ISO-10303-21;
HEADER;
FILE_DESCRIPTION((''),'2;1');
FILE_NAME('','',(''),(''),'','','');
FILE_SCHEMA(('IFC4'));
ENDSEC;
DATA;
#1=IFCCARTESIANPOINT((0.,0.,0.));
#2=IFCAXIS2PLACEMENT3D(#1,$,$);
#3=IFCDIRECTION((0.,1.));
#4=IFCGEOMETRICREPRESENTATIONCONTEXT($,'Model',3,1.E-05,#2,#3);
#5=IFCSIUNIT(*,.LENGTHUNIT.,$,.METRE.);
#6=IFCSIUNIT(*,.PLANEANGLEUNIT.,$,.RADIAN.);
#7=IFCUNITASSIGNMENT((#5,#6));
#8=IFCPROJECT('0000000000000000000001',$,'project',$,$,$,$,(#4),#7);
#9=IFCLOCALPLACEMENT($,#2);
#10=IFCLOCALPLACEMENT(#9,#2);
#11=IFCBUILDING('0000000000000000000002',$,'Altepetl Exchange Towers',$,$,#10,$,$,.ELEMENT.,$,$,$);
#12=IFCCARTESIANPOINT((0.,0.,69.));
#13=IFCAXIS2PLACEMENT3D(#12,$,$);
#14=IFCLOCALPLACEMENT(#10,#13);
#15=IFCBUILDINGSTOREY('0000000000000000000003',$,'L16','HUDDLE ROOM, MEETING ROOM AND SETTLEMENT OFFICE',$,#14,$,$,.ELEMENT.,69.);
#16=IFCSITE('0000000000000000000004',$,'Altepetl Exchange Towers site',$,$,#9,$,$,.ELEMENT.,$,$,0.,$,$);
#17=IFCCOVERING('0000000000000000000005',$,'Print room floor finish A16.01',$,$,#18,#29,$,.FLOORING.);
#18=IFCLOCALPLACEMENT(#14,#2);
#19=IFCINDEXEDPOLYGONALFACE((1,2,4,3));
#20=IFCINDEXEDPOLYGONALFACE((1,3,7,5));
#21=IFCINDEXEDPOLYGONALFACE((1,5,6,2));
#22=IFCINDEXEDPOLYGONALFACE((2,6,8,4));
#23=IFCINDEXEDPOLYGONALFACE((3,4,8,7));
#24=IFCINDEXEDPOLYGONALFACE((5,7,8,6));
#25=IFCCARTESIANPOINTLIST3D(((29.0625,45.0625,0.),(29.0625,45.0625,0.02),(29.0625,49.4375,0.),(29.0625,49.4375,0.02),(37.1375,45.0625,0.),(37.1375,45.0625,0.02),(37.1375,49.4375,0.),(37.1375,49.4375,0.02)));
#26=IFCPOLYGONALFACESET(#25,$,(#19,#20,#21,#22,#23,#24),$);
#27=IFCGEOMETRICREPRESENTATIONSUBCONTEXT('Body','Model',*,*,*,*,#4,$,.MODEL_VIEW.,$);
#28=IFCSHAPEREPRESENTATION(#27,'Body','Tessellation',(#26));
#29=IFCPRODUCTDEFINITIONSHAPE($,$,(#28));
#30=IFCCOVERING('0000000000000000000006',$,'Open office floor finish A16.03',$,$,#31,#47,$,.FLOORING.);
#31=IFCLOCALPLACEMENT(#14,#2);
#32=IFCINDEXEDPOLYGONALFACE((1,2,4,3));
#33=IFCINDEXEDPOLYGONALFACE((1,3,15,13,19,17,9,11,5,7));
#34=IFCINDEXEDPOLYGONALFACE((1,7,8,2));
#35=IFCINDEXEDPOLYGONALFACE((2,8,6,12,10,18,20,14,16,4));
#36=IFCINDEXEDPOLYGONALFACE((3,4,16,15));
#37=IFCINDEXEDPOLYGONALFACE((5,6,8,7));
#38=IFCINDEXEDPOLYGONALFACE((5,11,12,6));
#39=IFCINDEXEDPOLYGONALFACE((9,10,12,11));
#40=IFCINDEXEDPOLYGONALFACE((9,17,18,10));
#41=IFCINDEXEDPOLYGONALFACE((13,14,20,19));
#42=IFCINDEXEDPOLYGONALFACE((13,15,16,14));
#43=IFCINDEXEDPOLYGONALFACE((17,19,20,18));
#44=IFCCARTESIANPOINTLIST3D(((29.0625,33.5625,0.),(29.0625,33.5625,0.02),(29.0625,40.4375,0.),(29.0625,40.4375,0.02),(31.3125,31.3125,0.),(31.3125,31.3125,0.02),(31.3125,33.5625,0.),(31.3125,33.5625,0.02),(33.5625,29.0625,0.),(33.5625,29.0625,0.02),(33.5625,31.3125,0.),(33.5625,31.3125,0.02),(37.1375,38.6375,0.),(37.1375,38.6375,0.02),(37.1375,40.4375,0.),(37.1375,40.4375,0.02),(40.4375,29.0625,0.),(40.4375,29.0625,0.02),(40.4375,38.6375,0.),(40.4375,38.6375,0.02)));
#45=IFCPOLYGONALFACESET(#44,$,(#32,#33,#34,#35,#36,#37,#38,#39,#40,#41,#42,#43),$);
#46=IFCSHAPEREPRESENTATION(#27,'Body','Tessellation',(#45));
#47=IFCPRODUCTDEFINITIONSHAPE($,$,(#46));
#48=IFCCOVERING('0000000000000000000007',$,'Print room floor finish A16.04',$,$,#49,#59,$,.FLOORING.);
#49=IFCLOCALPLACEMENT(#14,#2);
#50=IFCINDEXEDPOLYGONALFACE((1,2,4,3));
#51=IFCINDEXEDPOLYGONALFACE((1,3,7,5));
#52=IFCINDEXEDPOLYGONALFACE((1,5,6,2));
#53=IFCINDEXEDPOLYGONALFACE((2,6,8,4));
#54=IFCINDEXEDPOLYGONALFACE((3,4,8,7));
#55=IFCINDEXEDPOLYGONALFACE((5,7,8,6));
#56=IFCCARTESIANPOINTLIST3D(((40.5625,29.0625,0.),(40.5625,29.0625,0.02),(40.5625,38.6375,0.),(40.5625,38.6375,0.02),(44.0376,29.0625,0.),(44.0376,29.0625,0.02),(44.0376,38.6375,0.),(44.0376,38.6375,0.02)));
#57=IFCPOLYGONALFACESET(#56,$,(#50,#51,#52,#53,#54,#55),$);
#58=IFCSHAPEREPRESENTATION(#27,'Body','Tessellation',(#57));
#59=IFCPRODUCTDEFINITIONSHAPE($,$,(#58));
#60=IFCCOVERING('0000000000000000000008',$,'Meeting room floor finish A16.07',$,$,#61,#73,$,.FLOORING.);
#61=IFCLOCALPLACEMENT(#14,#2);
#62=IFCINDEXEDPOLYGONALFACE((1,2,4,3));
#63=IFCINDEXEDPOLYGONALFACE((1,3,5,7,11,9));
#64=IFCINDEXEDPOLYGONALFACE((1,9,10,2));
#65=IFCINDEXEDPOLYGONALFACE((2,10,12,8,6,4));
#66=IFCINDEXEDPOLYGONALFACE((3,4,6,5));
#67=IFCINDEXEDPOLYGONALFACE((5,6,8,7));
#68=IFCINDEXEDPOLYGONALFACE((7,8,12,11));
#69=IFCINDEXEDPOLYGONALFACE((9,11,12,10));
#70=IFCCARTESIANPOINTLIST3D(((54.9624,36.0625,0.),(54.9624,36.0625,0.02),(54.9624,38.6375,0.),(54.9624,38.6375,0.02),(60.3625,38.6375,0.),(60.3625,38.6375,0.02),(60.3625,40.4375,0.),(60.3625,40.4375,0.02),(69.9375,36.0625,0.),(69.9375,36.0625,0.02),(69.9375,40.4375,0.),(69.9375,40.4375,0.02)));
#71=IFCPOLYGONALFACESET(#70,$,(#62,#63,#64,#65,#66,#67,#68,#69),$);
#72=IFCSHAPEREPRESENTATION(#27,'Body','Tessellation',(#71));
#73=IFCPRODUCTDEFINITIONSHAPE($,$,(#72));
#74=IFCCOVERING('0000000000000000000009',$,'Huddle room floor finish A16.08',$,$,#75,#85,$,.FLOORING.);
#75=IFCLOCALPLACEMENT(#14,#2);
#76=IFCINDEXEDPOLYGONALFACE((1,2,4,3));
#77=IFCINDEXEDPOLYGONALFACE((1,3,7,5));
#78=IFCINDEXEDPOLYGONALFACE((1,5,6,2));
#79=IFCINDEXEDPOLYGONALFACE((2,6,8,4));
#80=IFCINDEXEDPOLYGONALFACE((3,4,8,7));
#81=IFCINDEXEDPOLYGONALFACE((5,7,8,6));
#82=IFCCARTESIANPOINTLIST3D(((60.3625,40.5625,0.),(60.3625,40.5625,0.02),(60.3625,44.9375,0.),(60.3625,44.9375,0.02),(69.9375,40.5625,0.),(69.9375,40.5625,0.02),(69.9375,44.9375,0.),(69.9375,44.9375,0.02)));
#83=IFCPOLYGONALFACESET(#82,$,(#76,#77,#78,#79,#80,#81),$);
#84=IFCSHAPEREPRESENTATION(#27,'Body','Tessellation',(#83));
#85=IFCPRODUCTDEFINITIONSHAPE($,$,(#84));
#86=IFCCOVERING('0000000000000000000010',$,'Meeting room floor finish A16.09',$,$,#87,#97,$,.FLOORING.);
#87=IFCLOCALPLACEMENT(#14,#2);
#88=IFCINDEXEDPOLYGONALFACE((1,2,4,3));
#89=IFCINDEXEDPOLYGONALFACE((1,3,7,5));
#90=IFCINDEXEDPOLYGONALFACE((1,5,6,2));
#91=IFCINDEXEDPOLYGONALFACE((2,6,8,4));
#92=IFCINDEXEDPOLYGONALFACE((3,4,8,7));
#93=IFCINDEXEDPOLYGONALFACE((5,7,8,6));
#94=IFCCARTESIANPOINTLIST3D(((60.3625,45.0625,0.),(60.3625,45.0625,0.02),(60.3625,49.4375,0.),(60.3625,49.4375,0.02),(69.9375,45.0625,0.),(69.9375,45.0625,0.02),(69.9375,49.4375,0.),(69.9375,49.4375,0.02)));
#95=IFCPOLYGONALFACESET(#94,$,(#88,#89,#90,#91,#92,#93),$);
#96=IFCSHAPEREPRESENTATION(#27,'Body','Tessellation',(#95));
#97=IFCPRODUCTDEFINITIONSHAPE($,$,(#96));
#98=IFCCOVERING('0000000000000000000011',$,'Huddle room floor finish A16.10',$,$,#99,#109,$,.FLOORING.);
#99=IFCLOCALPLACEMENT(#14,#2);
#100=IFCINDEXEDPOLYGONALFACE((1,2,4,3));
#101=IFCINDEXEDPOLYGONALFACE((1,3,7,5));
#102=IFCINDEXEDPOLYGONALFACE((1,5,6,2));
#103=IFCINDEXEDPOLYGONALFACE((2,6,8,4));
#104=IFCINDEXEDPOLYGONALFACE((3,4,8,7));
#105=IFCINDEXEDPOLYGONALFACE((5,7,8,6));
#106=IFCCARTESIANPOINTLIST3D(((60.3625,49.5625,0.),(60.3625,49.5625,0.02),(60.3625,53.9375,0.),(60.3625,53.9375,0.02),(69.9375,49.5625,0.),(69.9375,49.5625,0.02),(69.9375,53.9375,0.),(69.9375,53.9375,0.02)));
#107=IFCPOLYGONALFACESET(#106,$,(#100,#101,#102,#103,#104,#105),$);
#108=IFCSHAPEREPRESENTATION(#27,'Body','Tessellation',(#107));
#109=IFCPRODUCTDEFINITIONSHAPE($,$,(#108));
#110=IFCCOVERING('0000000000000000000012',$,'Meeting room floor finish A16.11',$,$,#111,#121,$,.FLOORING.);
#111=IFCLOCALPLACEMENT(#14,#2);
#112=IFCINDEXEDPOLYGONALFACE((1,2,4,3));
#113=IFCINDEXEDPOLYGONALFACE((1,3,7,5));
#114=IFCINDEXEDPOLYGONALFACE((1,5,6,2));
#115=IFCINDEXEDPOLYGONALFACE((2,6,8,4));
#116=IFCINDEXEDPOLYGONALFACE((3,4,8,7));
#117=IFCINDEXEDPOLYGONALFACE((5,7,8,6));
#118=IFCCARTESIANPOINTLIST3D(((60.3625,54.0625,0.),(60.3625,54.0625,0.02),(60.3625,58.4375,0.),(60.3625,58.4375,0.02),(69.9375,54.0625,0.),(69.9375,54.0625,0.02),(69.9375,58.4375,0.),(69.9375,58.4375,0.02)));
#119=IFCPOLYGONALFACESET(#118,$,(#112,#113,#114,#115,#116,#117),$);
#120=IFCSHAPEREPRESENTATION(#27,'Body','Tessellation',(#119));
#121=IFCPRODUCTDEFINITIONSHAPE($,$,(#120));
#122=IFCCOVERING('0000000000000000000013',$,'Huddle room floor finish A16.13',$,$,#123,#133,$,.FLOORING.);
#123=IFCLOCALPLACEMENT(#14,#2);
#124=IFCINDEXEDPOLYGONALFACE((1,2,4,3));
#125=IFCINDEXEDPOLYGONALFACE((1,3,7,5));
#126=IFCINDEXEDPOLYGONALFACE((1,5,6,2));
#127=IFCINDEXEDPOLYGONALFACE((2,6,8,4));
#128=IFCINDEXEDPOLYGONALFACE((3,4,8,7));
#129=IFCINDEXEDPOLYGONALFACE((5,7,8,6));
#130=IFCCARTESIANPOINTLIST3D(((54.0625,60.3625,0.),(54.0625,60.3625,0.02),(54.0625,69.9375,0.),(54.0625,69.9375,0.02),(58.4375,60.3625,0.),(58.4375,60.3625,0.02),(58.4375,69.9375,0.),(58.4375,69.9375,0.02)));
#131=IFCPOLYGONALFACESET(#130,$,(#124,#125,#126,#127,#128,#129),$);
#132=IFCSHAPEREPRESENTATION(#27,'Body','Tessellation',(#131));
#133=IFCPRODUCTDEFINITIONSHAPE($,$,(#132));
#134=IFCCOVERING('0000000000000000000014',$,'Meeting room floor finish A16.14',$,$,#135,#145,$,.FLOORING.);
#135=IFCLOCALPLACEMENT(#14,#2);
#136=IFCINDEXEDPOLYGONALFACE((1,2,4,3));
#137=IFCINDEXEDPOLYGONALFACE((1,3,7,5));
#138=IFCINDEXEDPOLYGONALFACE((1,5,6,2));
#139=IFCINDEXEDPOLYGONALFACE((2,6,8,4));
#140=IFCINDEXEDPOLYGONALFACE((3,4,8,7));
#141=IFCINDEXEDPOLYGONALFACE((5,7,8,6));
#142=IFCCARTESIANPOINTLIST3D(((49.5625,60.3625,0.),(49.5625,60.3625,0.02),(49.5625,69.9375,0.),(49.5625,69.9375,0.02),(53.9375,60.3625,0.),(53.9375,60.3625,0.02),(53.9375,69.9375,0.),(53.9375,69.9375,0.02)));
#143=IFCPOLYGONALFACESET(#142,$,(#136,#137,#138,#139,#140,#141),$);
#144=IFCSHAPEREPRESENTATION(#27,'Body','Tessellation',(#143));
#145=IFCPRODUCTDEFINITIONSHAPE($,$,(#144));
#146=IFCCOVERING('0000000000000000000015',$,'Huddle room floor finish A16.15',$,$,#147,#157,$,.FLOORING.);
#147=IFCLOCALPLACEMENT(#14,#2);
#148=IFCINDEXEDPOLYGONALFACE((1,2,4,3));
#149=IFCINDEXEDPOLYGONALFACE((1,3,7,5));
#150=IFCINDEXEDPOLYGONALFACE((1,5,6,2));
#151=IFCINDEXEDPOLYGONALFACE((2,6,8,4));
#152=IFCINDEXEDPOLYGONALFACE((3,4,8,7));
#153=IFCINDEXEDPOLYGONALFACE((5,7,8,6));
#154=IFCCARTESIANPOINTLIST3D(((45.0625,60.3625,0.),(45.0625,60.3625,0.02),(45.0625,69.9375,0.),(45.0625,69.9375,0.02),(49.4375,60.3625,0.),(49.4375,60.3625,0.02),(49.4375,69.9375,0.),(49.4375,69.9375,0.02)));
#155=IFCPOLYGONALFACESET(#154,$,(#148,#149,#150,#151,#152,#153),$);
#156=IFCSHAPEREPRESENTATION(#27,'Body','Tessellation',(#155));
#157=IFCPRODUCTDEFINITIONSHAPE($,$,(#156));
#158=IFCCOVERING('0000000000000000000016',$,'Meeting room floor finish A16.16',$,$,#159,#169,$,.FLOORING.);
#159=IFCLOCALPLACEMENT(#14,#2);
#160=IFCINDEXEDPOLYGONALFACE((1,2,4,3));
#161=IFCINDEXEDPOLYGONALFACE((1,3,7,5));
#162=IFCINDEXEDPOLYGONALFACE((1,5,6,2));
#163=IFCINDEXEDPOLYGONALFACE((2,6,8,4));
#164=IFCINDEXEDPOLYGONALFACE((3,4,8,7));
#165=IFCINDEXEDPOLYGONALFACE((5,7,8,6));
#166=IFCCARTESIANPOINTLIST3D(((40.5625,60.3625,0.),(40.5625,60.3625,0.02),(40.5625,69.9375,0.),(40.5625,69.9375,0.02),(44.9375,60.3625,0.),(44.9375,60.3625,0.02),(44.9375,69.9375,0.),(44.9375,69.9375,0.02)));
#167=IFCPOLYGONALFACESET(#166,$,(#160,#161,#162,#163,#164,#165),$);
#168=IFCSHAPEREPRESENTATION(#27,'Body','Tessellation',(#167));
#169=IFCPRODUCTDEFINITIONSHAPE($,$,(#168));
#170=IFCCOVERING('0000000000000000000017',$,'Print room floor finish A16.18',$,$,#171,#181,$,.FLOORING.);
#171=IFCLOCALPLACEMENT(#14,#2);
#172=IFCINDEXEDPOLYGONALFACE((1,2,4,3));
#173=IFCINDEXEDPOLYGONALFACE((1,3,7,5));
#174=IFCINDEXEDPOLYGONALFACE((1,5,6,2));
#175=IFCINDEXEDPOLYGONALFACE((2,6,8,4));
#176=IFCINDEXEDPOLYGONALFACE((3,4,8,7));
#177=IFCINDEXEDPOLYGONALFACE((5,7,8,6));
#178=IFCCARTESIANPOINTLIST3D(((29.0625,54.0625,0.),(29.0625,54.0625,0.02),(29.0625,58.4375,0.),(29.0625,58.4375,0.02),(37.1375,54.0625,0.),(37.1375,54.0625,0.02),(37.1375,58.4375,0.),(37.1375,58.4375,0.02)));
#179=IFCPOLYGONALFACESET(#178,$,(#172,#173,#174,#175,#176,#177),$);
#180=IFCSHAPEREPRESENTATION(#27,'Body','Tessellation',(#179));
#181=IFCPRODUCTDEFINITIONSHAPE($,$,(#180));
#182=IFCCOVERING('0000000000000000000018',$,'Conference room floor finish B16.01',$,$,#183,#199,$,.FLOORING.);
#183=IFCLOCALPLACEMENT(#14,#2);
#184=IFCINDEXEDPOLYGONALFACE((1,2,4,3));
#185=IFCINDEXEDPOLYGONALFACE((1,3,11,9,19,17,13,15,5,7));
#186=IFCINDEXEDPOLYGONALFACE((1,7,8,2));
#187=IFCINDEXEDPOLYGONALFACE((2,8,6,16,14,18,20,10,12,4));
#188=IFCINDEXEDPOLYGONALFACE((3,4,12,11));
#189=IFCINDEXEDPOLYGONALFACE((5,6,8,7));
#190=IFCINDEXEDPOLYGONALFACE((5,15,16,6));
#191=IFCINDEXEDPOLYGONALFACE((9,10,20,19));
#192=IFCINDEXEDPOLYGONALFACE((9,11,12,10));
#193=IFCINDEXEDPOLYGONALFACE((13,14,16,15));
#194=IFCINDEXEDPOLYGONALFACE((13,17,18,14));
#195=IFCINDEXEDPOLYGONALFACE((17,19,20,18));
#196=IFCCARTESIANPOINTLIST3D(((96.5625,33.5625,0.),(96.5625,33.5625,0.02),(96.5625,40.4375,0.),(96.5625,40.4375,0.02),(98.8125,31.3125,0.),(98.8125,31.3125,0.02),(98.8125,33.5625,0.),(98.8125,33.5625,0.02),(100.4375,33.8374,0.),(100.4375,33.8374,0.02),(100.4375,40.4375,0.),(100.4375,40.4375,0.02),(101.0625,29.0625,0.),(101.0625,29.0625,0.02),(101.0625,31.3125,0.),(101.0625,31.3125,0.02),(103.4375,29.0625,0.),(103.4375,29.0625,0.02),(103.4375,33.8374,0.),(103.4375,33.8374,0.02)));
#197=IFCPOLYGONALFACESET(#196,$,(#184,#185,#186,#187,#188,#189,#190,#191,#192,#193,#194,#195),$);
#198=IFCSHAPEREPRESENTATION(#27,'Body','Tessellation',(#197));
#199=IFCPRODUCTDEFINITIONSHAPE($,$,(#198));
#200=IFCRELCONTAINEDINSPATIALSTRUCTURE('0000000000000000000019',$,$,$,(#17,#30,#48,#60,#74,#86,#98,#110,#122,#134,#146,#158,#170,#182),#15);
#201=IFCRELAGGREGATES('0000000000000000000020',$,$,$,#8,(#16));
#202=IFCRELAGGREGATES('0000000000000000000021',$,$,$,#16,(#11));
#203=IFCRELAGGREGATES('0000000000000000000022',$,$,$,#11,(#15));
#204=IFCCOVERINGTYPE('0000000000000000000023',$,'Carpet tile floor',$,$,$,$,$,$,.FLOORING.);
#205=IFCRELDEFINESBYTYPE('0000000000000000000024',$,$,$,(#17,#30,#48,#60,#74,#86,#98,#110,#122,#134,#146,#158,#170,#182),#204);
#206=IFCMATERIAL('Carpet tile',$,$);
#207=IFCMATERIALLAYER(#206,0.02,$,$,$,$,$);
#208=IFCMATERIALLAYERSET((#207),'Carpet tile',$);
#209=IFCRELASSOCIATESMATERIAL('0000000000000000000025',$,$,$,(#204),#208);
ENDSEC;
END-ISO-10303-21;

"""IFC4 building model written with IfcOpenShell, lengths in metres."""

from ifc_helpers import new_model, si_unit, direction, frame, origin, place, context, subcontext, project, spatial, polyline, outline, extrude, material, layer, layer_set, type_object, element, save


model = new_model("IFC4")

# Units and contexts
model_context = context("Model", 3, precision=1e-05, world=origin(), true_north=direction((0.0, 1.0)))
body_context = subcontext(model_context, "Body", "Model", "MODEL_VIEW")
ifc_project = project(units=[si_unit("LENGTHUNIT", "METRE"), si_unit("PLANEANGLEUNIT", "RADIAN")], contexts=[model_context])

# Site, building, storey
site_placement = place(None, origin())
site = spatial("IfcSite", under=ifc_project, at=site_placement, Name="Altepetl Exchange Towers site", CompositionType="ELEMENT", RefElevation=0.0)
building_placement = place(site_placement, origin())
building = spatial("IfcBuilding", under=site, at=building_placement, Name="Altepetl Exchange Towers", CompositionType="ELEMENT")
storey_placement = place(building_placement, frame((0.0, 0.0, 69.0)))
storey = spatial("IfcBuildingStorey", under=building, at=storey_placement, Name="L16", Description="HUDDLE ROOM, MEETING ROOM AND SETTLEMENT OFFICE", CompositionType="ELEMENT", Elevation=69.0)

# Coverings
ifc_material_1 = material(Name="Carpet tile")
ifc_layer_1 = layer(ifc_material_1, 0.02)
ifc_layer_set_1 = layer_set([ifc_layer_1], Name="Carpet tile")
covering_type_1 = type_object("IfcCoveringType", Name="Carpet tile floor", PredefinedType="FLOORING", material=ifc_layer_set_1)
covering_1_placement = place(storey_placement, origin())
element("IfcCovering", 1, at=covering_1_placement, inside=storey, type_object=covering_type_1, Name="Print room floor finish A16.01", PredefinedType="FLOORING", context=body_context, shape_type="SweptSolid", body=[
    extrude(outline(polyline([(37.1375, 49.4375), (29.0625, 49.4375), (29.0625, 45.0625), (37.1375, 45.0625), (37.1375, 49.4375)])), origin(), (0.0, 0.0, 1.0), 0.02),
])
covering_2_placement = place(storey_placement, origin())
element("IfcCovering", 2, at=covering_2_placement, inside=storey, type_object=covering_type_1, Name="Open office floor finish A16.03", PredefinedType="FLOORING", context=body_context, shape_type="SweptSolid", body=[
    extrude(outline(polyline([(37.1375, 40.4375), (29.0625, 40.4375), (29.0625, 33.5625), (31.3125, 33.5625), (31.3125, 31.3125), (33.5625, 31.3125), (33.5625, 29.0625), (40.4375, 29.0625), (40.4375, 38.6375), (37.1375, 38.6375), (37.1375, 40.4375)])), origin(), (0.0, 0.0, 1.0), 0.02),
])
covering_3_placement = place(storey_placement, origin())
element("IfcCovering", 3, at=covering_3_placement, inside=storey, type_object=covering_type_1, Name="Print room floor finish A16.04", PredefinedType="FLOORING", context=body_context, shape_type="SweptSolid", body=[
    extrude(outline(polyline([(40.5625, 38.6375), (40.5625, 29.0625), (44.0376, 29.0625), (44.0376, 38.6375), (40.5625, 38.6375)])), origin(), (0.0, 0.0, 1.0), 0.02),
])
covering_4_placement = place(storey_placement, origin())
element("IfcCovering", 4, at=covering_4_placement, inside=storey, type_object=covering_type_1, Name="Meeting room floor finish A16.07", PredefinedType="FLOORING", context=body_context, shape_type="SweptSolid", body=[
    extrude(outline(polyline([(69.9375, 40.4375), (60.3625, 40.4375), (60.3625, 38.6375), (54.9624, 38.6375), (54.9624, 36.0625), (69.9375, 36.0625), (69.9375, 40.4375)])), origin(), (0.0, 0.0, 1.0), 0.02),
])
covering_5_placement = place(storey_placement, origin())
element("IfcCovering", 5, at=covering_5_placement, inside=storey, type_object=covering_type_1, Name="Huddle room floor finish A16.08", PredefinedType="FLOORING", context=body_context, shape_type="SweptSolid", body=[
    extrude(outline(polyline([(69.9375, 44.9375), (60.3625, 44.9375), (60.3625, 40.5625), (69.9375, 40.5625), (69.9375, 44.9375)])), origin(), (0.0, 0.0, 1.0), 0.02),
])
covering_6_placement = place(storey_placement, origin())
element("IfcCovering", 6, at=covering_6_placement, inside=storey, type_object=covering_type_1, Name="Meeting room floor finish A16.09", PredefinedType="FLOORING", context=body_context, shape_type="SweptSolid", body=[
    extrude(outline(polyline([(69.9375, 49.4375), (60.3625, 49.4375), (60.3625, 45.0625), (69.9375, 45.0625), (69.9375, 49.4375)])), origin(), (0.0, 0.0, 1.0), 0.02),
])
covering_7_placement = place(storey_placement, origin())
element("IfcCovering", 7, at=covering_7_placement, inside=storey, type_object=covering_type_1, Name="Huddle room floor finish A16.10", PredefinedType="FLOORING", context=body_context, shape_type="SweptSolid", body=[
    extrude(outline(polyline([(69.9375, 53.9375), (60.3625, 53.9375), (60.3625, 49.5625), (69.9375, 49.5625), (69.9375, 53.9375)])), origin(), (0.0, 0.0, 1.0), 0.02),
])
covering_8_placement = place(storey_placement, origin())
element("IfcCovering", 8, at=covering_8_placement, inside=storey, type_object=covering_type_1, Name="Meeting room floor finish A16.11", PredefinedType="FLOORING", context=body_context, shape_type="SweptSolid", body=[
    extrude(outline(polyline([(69.9375, 58.4375), (60.3625, 58.4375), (60.3625, 54.0625), (69.9375, 54.0625), (69.9375, 58.4375)])), origin(), (0.0, 0.0, 1.0), 0.02),
])
covering_9_placement = place(storey_placement, origin())
element("IfcCovering", 9, at=covering_9_placement, inside=storey, type_object=covering_type_1, Name="Huddle room floor finish A16.13", PredefinedType="FLOORING", context=body_context, shape_type="SweptSolid", body=[
    extrude(outline(polyline([(54.0625, 69.9375), (54.0625, 60.3625), (58.4375, 60.3625), (58.4375, 69.9375), (54.0625, 69.9375)])), origin(), (0.0, 0.0, 1.0), 0.02),
])
covering_10_placement = place(storey_placement, origin())
element("IfcCovering", 10, at=covering_10_placement, inside=storey, type_object=covering_type_1, Name="Meeting room floor finish A16.14", PredefinedType="FLOORING", context=body_context, shape_type="SweptSolid", body=[
    extrude(outline(polyline([(49.5625, 69.9375), (49.5625, 60.3625), (53.9375, 60.3625), (53.9375, 69.9375), (49.5625, 69.9375)])), origin(), (0.0, 0.0, 1.0), 0.02),
])
covering_11_placement = place(storey_placement, origin())
element("IfcCovering", 11, at=covering_11_placement, inside=storey, type_object=covering_type_1, Name="Huddle room floor finish A16.15", PredefinedType="FLOORING", context=body_context, shape_type="SweptSolid", body=[
    extrude(outline(polyline([(45.0625, 69.9375), (45.0625, 60.3625), (49.4375, 60.3625), (49.4375, 69.9375), (45.0625, 69.9375)])), origin(), (0.0, 0.0, 1.0), 0.02),
])
covering_12_placement = place(storey_placement, origin())
element("IfcCovering", 12, at=covering_12_placement, inside=storey, type_object=covering_type_1, Name="Meeting room floor finish A16.16", PredefinedType="FLOORING", context=body_context, shape_type="SweptSolid", body=[
    extrude(outline(polyline([(40.5625, 69.9375), (40.5625, 60.3625), (44.9375, 60.3625), (44.9375, 69.9375), (40.5625, 69.9375)])), origin(), (0.0, 0.0, 1.0), 0.02),
])
covering_13_placement = place(storey_placement, origin())
element("IfcCovering", 13, at=covering_13_placement, inside=storey, type_object=covering_type_1, Name="Print room floor finish A16.18", PredefinedType="FLOORING", context=body_context, shape_type="SweptSolid", body=[
    extrude(outline(polyline([(37.1375, 58.4375), (29.0625, 58.4375), (29.0625, 54.0625), (37.1375, 54.0625), (37.1375, 58.4375)])), origin(), (0.0, 0.0, 1.0), 0.02),
])
covering_14_placement = place(storey_placement, origin())
element("IfcCovering", 14, at=covering_14_placement, inside=storey, type_object=covering_type_1, Name="Conference room floor finish B16.01", PredefinedType="FLOORING", context=body_context, shape_type="SweptSolid", body=[
    extrude(outline(polyline([(103.4375, 29.0625), (103.4375, 33.8374), (100.4375, 33.8374), (100.4375, 40.4375), (96.5625, 40.4375), (96.5625, 33.5625), (98.8125, 33.5625), (98.8125, 31.3125), (101.0625, 31.3125), (101.0625, 29.0625), (103.4375, 29.0625)])), origin(), (0.0, 0.0, 1.0), 0.02),
])

save(model, "model.ifc")
